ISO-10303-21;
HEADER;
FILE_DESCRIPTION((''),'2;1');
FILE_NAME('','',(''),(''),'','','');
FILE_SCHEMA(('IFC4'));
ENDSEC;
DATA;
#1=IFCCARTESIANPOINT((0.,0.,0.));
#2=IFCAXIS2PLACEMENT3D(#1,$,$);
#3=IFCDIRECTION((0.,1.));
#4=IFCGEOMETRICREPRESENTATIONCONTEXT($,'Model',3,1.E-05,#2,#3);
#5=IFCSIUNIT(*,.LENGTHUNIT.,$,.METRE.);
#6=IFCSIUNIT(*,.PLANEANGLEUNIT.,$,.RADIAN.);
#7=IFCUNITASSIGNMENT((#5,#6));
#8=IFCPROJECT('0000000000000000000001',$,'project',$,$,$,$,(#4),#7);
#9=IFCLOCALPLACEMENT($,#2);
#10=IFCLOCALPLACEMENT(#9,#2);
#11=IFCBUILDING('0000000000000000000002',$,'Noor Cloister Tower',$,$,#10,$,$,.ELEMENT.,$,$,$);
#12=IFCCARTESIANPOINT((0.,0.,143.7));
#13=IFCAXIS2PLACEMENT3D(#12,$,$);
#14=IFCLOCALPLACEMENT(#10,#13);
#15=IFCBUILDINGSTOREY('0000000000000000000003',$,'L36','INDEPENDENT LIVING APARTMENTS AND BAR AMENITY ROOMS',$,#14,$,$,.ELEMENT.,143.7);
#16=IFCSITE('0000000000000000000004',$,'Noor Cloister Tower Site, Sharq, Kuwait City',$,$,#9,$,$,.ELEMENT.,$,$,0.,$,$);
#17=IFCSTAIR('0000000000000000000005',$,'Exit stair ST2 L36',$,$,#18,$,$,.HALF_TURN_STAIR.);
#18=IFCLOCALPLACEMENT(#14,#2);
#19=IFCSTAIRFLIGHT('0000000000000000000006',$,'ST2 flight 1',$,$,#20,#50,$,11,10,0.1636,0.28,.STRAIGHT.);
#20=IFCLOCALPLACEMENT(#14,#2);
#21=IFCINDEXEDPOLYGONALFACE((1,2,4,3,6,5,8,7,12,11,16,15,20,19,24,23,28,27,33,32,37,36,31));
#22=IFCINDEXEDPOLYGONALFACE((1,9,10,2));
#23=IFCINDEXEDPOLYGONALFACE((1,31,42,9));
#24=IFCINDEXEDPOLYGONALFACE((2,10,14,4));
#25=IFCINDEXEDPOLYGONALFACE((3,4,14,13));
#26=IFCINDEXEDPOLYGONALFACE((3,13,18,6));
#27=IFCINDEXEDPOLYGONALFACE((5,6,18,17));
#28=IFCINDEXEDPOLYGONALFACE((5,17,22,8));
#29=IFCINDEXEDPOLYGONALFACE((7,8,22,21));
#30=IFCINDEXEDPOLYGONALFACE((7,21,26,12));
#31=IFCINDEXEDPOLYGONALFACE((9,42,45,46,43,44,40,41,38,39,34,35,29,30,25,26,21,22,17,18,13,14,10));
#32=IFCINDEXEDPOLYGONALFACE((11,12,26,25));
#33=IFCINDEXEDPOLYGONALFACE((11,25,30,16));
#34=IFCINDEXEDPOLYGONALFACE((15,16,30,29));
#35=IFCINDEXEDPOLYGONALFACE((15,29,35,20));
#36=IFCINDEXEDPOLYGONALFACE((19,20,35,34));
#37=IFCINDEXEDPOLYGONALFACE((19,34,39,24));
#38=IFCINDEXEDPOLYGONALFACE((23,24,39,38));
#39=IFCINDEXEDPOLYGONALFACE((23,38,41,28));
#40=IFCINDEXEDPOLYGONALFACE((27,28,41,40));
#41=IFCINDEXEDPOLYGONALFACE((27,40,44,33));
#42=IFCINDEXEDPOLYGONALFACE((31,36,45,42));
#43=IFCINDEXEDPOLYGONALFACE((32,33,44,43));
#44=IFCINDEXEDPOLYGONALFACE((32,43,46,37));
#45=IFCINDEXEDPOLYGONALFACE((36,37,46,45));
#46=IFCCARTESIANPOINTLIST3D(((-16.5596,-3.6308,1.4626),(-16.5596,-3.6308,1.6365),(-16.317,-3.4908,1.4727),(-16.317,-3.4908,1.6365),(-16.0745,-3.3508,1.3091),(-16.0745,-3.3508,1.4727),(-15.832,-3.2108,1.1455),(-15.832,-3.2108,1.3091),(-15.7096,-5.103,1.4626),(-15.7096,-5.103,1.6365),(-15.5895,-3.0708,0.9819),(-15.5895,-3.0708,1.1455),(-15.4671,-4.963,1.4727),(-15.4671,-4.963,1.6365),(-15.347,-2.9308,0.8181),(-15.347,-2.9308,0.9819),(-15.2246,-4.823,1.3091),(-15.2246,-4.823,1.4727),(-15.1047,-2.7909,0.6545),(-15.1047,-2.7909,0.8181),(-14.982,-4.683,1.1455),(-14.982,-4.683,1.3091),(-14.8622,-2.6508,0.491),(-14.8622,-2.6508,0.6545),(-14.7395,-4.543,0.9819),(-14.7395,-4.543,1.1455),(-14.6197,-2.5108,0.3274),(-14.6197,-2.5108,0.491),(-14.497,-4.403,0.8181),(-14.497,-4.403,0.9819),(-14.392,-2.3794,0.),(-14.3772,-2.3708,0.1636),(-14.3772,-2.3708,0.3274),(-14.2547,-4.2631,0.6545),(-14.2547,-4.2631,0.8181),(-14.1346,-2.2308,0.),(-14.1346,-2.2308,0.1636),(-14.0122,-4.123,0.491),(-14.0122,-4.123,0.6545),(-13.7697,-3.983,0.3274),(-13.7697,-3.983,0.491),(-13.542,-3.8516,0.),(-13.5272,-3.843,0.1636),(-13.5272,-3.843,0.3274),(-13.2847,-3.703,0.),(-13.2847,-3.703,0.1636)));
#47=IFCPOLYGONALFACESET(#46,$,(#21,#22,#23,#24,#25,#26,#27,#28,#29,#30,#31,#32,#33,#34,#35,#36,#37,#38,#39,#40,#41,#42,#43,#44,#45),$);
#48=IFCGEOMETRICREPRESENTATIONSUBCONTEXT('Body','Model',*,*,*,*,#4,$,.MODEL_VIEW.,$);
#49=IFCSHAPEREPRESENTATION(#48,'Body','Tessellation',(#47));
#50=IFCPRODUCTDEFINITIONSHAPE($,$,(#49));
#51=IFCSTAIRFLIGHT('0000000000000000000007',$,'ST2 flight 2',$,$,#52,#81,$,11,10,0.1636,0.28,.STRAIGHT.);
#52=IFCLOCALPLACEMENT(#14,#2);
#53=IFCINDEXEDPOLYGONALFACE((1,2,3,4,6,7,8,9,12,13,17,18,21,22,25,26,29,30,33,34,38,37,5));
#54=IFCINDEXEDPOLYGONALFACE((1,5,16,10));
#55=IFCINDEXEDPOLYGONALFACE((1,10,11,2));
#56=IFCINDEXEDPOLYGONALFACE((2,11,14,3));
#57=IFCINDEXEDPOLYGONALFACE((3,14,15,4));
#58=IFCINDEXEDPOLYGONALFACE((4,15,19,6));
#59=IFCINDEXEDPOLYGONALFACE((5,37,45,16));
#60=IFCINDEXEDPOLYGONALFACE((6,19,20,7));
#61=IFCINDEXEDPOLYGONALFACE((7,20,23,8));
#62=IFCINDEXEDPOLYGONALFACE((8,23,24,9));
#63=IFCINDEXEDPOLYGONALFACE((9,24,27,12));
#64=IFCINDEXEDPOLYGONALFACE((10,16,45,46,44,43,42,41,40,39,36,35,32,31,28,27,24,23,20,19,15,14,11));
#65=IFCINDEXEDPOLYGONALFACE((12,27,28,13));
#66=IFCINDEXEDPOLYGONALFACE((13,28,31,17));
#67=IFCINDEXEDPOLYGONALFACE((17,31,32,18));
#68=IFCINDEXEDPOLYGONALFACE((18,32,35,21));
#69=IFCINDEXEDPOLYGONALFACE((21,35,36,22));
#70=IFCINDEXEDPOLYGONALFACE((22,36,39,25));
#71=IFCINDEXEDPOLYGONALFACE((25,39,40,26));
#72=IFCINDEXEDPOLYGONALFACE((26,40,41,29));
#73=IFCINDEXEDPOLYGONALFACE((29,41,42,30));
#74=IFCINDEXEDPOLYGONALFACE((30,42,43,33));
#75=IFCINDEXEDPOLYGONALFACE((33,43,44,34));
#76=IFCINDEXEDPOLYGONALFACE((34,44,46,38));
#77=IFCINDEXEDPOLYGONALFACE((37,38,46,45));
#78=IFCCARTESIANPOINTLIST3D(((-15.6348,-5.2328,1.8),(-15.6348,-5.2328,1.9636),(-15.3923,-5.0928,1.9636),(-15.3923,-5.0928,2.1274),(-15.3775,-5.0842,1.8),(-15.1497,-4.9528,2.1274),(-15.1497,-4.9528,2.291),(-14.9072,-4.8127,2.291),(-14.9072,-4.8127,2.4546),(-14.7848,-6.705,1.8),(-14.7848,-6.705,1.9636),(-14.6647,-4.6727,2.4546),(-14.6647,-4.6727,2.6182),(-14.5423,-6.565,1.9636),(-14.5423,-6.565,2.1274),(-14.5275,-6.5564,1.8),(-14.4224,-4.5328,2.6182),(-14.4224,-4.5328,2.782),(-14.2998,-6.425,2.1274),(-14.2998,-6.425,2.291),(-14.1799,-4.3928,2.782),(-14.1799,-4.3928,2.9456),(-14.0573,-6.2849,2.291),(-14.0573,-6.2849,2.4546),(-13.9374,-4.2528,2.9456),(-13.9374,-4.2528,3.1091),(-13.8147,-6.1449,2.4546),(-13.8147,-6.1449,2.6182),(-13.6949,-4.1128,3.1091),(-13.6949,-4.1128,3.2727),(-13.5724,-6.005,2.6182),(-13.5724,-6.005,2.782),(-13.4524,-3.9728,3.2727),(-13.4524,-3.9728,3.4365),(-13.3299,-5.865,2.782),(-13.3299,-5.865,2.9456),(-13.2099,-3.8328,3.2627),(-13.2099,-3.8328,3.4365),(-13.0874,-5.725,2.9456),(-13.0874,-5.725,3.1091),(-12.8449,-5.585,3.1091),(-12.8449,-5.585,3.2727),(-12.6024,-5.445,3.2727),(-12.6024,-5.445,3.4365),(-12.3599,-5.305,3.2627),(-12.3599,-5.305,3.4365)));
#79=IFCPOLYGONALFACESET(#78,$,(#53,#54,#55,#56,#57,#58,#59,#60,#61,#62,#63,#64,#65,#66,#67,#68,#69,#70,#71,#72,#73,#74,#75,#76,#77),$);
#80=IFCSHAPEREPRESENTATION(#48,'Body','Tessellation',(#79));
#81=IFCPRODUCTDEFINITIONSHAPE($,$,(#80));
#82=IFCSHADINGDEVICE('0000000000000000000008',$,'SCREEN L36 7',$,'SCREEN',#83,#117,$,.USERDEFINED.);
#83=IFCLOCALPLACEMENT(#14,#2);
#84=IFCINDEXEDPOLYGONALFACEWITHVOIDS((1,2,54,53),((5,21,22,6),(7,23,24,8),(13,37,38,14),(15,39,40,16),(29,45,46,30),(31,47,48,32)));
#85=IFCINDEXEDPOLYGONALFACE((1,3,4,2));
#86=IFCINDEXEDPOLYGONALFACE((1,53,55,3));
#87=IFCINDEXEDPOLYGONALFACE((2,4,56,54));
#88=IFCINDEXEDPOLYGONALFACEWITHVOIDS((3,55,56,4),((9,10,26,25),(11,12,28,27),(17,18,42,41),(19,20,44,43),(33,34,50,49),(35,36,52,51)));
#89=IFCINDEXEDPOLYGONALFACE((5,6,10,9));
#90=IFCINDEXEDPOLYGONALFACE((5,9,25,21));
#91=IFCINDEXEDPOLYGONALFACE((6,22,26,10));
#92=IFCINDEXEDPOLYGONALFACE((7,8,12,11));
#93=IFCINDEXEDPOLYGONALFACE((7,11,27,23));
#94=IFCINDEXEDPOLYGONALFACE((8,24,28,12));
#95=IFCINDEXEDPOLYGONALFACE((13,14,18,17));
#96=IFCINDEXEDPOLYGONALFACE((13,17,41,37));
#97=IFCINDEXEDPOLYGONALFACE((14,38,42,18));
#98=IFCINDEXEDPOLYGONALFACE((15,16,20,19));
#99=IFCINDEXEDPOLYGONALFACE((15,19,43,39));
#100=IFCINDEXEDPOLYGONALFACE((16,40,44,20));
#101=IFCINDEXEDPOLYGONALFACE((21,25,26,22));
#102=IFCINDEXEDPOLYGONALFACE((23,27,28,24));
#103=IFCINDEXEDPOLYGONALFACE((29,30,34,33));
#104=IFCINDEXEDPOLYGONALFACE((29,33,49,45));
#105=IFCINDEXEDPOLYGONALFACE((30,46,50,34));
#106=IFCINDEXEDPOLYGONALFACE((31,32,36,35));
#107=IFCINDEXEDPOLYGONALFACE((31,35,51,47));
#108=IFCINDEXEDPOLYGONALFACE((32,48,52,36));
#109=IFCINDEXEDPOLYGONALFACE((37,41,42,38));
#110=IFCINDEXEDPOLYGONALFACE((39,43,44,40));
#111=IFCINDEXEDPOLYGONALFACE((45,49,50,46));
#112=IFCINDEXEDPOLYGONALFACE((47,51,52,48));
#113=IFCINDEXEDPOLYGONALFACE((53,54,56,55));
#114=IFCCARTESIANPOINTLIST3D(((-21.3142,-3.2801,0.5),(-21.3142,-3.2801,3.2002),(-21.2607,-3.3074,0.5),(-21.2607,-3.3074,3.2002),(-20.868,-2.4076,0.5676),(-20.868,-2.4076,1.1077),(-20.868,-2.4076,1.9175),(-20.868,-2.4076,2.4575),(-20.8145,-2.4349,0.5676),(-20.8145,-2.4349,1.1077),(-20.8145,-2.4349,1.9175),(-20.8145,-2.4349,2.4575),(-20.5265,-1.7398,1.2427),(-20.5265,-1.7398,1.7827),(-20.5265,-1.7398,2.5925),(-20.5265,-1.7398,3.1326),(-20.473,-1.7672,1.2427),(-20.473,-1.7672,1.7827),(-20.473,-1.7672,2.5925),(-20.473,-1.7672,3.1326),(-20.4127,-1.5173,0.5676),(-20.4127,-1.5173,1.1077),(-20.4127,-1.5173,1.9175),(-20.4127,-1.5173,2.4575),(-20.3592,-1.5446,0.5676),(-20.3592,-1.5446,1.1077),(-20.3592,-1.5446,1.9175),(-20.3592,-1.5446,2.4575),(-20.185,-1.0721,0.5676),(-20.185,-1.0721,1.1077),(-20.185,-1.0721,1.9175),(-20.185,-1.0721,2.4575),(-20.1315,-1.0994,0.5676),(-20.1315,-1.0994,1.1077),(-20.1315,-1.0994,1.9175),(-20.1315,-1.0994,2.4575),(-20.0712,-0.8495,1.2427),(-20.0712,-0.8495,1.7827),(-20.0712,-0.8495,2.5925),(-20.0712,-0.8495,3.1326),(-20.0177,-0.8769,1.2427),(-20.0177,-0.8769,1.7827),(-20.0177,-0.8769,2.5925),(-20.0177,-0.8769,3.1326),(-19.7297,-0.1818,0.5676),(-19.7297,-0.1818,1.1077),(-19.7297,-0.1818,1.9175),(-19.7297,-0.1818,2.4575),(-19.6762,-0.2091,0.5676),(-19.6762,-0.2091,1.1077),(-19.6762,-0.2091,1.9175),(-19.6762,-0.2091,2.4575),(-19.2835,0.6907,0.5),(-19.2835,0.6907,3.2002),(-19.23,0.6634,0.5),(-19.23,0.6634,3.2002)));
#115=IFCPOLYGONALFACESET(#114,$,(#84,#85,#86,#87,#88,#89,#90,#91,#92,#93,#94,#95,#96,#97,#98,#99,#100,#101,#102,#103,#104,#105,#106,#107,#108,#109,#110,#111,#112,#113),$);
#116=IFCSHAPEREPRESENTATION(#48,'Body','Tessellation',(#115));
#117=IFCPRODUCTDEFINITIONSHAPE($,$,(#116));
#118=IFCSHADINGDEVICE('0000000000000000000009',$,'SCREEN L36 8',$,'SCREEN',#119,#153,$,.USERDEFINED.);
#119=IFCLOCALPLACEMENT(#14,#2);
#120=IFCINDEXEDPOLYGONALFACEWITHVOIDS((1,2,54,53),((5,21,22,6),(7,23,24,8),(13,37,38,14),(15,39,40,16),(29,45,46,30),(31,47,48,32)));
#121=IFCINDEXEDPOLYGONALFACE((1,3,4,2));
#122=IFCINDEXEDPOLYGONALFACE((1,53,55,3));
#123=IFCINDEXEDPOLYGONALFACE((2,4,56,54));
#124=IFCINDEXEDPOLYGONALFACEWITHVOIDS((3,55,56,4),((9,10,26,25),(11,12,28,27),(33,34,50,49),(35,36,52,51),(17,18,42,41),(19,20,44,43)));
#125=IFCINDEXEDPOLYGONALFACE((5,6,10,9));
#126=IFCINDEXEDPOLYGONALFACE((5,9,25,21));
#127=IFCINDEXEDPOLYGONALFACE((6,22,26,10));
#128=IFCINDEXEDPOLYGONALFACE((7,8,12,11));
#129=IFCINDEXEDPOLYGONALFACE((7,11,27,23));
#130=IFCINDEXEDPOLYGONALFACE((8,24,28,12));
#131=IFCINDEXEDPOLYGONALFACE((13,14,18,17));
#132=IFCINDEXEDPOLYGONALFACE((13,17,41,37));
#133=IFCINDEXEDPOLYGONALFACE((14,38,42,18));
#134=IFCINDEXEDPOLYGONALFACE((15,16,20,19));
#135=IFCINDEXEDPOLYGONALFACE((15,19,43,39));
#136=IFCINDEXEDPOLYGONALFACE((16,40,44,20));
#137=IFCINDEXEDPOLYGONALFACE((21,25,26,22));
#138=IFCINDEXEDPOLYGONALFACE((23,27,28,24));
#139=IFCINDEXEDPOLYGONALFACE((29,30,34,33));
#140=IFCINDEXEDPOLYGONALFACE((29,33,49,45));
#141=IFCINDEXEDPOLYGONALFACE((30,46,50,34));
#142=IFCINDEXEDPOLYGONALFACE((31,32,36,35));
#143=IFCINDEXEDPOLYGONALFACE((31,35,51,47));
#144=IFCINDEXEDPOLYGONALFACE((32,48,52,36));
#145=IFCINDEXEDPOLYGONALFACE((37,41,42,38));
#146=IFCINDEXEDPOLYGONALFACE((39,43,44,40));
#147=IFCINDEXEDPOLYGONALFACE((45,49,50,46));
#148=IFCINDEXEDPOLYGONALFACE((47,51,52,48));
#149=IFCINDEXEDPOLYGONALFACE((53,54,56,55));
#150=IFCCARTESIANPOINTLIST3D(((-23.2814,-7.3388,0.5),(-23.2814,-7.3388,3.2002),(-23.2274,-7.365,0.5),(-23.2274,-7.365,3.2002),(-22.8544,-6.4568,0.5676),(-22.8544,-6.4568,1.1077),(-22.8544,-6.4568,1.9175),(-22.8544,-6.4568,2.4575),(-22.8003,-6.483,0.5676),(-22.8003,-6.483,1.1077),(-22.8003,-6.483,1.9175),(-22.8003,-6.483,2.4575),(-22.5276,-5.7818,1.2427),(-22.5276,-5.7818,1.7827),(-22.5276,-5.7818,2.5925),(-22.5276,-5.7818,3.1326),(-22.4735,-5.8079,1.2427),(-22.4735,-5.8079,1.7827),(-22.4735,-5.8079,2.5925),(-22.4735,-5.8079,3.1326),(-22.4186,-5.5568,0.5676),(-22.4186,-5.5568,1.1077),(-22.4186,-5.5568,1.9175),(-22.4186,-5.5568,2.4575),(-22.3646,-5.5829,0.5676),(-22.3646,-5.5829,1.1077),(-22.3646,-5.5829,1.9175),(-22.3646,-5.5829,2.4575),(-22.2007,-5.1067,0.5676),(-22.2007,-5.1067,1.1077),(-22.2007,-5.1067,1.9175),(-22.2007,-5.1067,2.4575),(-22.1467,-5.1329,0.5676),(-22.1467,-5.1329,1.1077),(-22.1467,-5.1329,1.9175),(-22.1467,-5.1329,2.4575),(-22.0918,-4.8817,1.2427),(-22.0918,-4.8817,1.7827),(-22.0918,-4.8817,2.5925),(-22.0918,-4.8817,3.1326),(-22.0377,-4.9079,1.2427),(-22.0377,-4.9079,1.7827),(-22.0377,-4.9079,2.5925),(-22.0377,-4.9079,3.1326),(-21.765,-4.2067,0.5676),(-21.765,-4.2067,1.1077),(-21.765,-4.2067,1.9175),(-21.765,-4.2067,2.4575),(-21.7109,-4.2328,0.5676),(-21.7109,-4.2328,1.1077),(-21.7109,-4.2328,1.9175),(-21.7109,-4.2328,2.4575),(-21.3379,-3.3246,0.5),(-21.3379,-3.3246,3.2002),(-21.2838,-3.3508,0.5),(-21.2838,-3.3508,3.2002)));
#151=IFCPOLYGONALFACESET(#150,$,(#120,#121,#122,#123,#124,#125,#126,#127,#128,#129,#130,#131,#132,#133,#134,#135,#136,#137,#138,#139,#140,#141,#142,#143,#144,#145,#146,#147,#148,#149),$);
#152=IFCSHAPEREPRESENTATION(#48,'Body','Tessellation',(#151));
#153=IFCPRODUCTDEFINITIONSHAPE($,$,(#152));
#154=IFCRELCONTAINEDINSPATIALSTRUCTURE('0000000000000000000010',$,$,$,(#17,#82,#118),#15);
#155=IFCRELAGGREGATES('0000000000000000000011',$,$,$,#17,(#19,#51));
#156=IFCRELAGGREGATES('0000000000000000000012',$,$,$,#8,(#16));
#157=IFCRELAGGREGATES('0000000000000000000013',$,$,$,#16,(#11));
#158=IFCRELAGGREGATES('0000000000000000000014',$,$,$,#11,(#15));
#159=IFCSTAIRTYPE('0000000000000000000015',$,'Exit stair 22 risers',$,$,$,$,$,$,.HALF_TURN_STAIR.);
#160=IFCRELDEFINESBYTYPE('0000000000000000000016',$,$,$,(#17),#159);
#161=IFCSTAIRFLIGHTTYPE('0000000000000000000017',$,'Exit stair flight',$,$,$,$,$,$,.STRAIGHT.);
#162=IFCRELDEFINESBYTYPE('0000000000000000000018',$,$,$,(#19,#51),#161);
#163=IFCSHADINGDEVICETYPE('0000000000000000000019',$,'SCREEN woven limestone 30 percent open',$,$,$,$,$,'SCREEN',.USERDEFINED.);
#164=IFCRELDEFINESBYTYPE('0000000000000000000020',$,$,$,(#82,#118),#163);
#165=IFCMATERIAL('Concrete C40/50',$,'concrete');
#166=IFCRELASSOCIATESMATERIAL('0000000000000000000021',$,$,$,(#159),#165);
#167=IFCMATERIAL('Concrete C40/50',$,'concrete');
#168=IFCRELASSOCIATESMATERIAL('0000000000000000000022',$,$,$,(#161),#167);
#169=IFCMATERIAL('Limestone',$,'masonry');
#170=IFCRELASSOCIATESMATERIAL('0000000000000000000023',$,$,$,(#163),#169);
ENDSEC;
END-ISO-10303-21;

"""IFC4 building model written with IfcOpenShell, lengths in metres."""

from ifc_helpers import new_model, si_unit, direction, frame, origin, place, context, subcontext, project, spatial, polyline, outline, extrude, material, material_profile, profile_set, type_object, element, aggregate, save


model = new_model("IFC4")

# Units and contexts
model_context = context("Model", 3, precision=1e-05, world=origin(), true_north=direction((0.0, 1.0)))
body_context = subcontext(model_context, "Body", "Model", "MODEL_VIEW")
ifc_project = project(units=[si_unit("LENGTHUNIT", "METRE"), si_unit("PLANEANGLEUNIT", "RADIAN")], contexts=[model_context])

# Site, building, storey
site_placement = place(None, origin())
site = spatial("IfcSite", under=ifc_project, at=site_placement, Name="Noor Cloister Tower Site, Sharq, Kuwait City", CompositionType="ELEMENT", RefElevation=0.0)
building_placement = place(site_placement, origin())
building = spatial("IfcBuilding", under=site, at=building_placement, Name="Noor Cloister Tower", CompositionType="ELEMENT")
storey_placement = place(building_placement, frame((0.0, 0.0, 143.7)))
storey = spatial("IfcBuildingStorey", under=building, at=storey_placement, Name="L36", Description="INDEPENDENT LIVING APARTMENTS AND BAR AMENITY ROOMS", CompositionType="ELEMENT", Elevation=143.7)

# Stair, stair flights
ifc_material_1 = material(Name="Concrete C40/50", Category="concrete")
stair_type = type_object("IfcStairType", Name="Exit stair 22 risers", PredefinedType="HALF_TURN_STAIR", material=ifc_material_1)
stair_placement = place(storey_placement, origin())
stair = element("IfcStair", 1, at=stair_placement, inside=storey, type_object=stair_type, Name="Exit stair ST2 L36", PredefinedType="HALF_TURN_STAIR")
ifc_material_2 = material(Name="Concrete C40/50", Category="concrete")
stair_flight_type = type_object("IfcStairFlightType", Name="Exit stair flight", PredefinedType="STRAIGHT", material=ifc_material_2)
stair_flight_1_placement = place(storey_placement, frame((-13.7097, -2.9668, 0.0), z_axis=(0.0, 0.0, 1.0), x_axis=(-0.866025, -0.5, 0.0)))
stair_flight_1 = element("IfcStairFlight", 2, at=stair_flight_1_placement, type_object=stair_flight_type, Name="ST2 flight 1", NumberOfRisers=11, NumberOfTreads=10, PredefinedType="STRAIGHT", RiserHeight=0.1636, TreadLength=0.28, context=body_context, shape_type="SweptSolid", body=[
    extrude(outline(polyline([(0.0, 0.0), (0.0, 0.1636), (0.28, 0.1636), (0.28, 0.3274), (0.5601, 0.3274), (0.5601, 0.491), (0.8401, 0.491), (0.8401, 0.6545), (1.1201, 0.6545), (1.1201, 0.8181), (1.3999, 0.8181), (1.3999, 0.9819), (1.6799, 0.9819), (1.6799, 1.1455), (1.96, 1.1455), (1.96, 1.3091), (2.24, 1.3091), (2.24, 1.4727), (2.52, 1.4727), (2.52, 1.6365), (2.8, 1.6365), (2.8, 1.8), (2.8, 1.4626), (0.2971, 0.0), (0.0, 0.0)])), frame((0.0, 0.8501, 0.0), z_axis=(0.0, -1.0, 0.0), x_axis=(1.0, 0.0, 0.0)), (0.0, 0.0, 1.0), 1.7),
])
stair_flight_2_placement = place(storey_placement, frame((-15.2097, -5.969, 1.8), z_axis=(0.0, 0.0, 1.0), x_axis=(0.866025, 0.5, 0.0)))
stair_flight_2 = element("IfcStairFlight", 3, at=stair_flight_2_placement, type_object=stair_flight_type, Name="ST2 flight 2", NumberOfRisers=11, NumberOfTreads=10, PredefinedType="STRAIGHT", RiserHeight=0.1636, TreadLength=0.28, context=body_context, shape_type="SweptSolid", body=[
    extrude(outline(polyline([(0.0, 0.0), (0.0, 0.1636), (0.28, 0.1636), (0.28, 0.3274), (0.5601, 0.3274), (0.5601, 0.491), (0.8401, 0.491), (0.8401, 0.6545), (1.1201, 0.6545), (1.1201, 0.8181), (1.3999, 0.8181), (1.3999, 0.9819), (1.6799, 0.9819), (1.6799, 1.1455), (1.96, 1.1455), (1.96, 1.3091), (2.24, 1.3091), (2.24, 1.4727), (2.52, 1.4727), (2.52, 1.6365), (2.8, 1.6365), (2.8, 1.8), (2.8, 1.4626), (0.2971, 0.0), (0.0, 0.0)])), frame((0.0, 0.8501, 0.0), z_axis=(0.0, -1.0, 0.0), x_axis=(1.0, 0.0, 0.0)), (0.0, 0.0, 1.0), 1.7),
])
aggregate(stair, [stair_flight_1, stair_flight_2])

# Shading devices
ifc_material_3 = material(Name="Limestone", Category="masonry")
ifc_material_profile_1 = material_profile(ifc_material_3, outline(polyline([(-2.23, -1.3501), (2.23, -1.3501), (2.23, 1.3501), (-2.23, 1.3501), (-2.23, -1.3501)]), holes=[polyline([(-1.25, -1.2825), (-0.25, -1.2825), (-0.25, -0.7424), (-1.25, -0.7424), (-1.25, -1.2825)]), polyline([(0.25, -1.2825), (1.25, -1.2825), (1.25, -0.7424), (0.25, -0.7424), (0.25, -1.2825)]), polyline([(-0.5, -0.6074), (0.5, -0.6074), (0.5, -0.0674), (-0.5, -0.0674), (-0.5, -0.6074)]), polyline([(-1.25, 0.0674), (-0.25, 0.0674), (-0.25, 0.6074), (-1.25, 0.6074), (-1.25, 0.0674)]), polyline([(0.25, 0.0674), (1.25, 0.0674), (1.25, 0.6074), (0.25, 0.6074), (0.25, 0.0674)]), polyline([(-0.5, 0.7424), (0.5, 0.7424), (0.5, 1.2825), (-0.5, 1.2825), (-0.5, 0.7424)])]), Name="Woven screen 30 percent open")
ifc_profile_set_1 = profile_set([ifc_material_profile_1], Name="Limestone")
shading_device_type = type_object("IfcShadingDeviceType", Name="SCREEN woven limestone 30 percent open", ElementType="SCREEN", PredefinedType="USERDEFINED", material=ifc_profile_set_1)
for number, where, z_axis, x_axis, name in (
    (4, (-20.2454, -1.322, 1.8501), (-0.890325, 0.455326, 0.0), (-0.455326, -0.890325, 0.0), "SCREEN L36 7"),
    (5, (-22.2556, -5.3579, 1.8501), (-0.900056, 0.435774, 0.0), (-0.435774, -0.900056, 0.0), "SCREEN L36 8"),
):
    element("IfcShadingDevice", number, at=place(storey_placement, frame(where, z_axis=z_axis, x_axis=x_axis)), inside=storey, type_object=shading_device_type, Name=name, ObjectType="SCREEN", PredefinedType="USERDEFINED", context=body_context, shape_type="SweptSolid", body=[
        extrude(outline(polyline([(-2.23, -1.3501), (2.23, -1.3501), (2.23, 1.3501), (-2.23, 1.3501), (-2.23, -1.3501)]), holes=[polyline([(-1.25, -1.2825), (-0.25, -1.2825), (-0.25, -0.7424), (-1.25, -0.7424), (-1.25, -1.2825)]), polyline([(0.25, -1.2825), (1.25, -1.2825), (1.25, -0.7424), (0.25, -0.7424), (0.25, -1.2825)]), polyline([(-0.5, -0.6074), (0.5, -0.6074), (0.5, -0.0674), (-0.5, -0.0674), (-0.5, -0.6074)]), polyline([(-1.25, 0.0674), (-0.25, 0.0674), (-0.25, 0.6074), (-1.25, 0.6074), (-1.25, 0.0674)]), polyline([(0.25, 0.0674), (1.25, 0.0674), (1.25, 0.6074), (0.25, 0.6074), (0.25, 0.0674)]), polyline([(-0.5, 0.7424), (0.5, 0.7424), (0.5, 1.2825), (-0.5, 1.2825), (-0.5, 0.7424)])]), origin(), (0.0, 0.0, 1.0), 0.0601),
    ])

save(model, "model.ifc")
